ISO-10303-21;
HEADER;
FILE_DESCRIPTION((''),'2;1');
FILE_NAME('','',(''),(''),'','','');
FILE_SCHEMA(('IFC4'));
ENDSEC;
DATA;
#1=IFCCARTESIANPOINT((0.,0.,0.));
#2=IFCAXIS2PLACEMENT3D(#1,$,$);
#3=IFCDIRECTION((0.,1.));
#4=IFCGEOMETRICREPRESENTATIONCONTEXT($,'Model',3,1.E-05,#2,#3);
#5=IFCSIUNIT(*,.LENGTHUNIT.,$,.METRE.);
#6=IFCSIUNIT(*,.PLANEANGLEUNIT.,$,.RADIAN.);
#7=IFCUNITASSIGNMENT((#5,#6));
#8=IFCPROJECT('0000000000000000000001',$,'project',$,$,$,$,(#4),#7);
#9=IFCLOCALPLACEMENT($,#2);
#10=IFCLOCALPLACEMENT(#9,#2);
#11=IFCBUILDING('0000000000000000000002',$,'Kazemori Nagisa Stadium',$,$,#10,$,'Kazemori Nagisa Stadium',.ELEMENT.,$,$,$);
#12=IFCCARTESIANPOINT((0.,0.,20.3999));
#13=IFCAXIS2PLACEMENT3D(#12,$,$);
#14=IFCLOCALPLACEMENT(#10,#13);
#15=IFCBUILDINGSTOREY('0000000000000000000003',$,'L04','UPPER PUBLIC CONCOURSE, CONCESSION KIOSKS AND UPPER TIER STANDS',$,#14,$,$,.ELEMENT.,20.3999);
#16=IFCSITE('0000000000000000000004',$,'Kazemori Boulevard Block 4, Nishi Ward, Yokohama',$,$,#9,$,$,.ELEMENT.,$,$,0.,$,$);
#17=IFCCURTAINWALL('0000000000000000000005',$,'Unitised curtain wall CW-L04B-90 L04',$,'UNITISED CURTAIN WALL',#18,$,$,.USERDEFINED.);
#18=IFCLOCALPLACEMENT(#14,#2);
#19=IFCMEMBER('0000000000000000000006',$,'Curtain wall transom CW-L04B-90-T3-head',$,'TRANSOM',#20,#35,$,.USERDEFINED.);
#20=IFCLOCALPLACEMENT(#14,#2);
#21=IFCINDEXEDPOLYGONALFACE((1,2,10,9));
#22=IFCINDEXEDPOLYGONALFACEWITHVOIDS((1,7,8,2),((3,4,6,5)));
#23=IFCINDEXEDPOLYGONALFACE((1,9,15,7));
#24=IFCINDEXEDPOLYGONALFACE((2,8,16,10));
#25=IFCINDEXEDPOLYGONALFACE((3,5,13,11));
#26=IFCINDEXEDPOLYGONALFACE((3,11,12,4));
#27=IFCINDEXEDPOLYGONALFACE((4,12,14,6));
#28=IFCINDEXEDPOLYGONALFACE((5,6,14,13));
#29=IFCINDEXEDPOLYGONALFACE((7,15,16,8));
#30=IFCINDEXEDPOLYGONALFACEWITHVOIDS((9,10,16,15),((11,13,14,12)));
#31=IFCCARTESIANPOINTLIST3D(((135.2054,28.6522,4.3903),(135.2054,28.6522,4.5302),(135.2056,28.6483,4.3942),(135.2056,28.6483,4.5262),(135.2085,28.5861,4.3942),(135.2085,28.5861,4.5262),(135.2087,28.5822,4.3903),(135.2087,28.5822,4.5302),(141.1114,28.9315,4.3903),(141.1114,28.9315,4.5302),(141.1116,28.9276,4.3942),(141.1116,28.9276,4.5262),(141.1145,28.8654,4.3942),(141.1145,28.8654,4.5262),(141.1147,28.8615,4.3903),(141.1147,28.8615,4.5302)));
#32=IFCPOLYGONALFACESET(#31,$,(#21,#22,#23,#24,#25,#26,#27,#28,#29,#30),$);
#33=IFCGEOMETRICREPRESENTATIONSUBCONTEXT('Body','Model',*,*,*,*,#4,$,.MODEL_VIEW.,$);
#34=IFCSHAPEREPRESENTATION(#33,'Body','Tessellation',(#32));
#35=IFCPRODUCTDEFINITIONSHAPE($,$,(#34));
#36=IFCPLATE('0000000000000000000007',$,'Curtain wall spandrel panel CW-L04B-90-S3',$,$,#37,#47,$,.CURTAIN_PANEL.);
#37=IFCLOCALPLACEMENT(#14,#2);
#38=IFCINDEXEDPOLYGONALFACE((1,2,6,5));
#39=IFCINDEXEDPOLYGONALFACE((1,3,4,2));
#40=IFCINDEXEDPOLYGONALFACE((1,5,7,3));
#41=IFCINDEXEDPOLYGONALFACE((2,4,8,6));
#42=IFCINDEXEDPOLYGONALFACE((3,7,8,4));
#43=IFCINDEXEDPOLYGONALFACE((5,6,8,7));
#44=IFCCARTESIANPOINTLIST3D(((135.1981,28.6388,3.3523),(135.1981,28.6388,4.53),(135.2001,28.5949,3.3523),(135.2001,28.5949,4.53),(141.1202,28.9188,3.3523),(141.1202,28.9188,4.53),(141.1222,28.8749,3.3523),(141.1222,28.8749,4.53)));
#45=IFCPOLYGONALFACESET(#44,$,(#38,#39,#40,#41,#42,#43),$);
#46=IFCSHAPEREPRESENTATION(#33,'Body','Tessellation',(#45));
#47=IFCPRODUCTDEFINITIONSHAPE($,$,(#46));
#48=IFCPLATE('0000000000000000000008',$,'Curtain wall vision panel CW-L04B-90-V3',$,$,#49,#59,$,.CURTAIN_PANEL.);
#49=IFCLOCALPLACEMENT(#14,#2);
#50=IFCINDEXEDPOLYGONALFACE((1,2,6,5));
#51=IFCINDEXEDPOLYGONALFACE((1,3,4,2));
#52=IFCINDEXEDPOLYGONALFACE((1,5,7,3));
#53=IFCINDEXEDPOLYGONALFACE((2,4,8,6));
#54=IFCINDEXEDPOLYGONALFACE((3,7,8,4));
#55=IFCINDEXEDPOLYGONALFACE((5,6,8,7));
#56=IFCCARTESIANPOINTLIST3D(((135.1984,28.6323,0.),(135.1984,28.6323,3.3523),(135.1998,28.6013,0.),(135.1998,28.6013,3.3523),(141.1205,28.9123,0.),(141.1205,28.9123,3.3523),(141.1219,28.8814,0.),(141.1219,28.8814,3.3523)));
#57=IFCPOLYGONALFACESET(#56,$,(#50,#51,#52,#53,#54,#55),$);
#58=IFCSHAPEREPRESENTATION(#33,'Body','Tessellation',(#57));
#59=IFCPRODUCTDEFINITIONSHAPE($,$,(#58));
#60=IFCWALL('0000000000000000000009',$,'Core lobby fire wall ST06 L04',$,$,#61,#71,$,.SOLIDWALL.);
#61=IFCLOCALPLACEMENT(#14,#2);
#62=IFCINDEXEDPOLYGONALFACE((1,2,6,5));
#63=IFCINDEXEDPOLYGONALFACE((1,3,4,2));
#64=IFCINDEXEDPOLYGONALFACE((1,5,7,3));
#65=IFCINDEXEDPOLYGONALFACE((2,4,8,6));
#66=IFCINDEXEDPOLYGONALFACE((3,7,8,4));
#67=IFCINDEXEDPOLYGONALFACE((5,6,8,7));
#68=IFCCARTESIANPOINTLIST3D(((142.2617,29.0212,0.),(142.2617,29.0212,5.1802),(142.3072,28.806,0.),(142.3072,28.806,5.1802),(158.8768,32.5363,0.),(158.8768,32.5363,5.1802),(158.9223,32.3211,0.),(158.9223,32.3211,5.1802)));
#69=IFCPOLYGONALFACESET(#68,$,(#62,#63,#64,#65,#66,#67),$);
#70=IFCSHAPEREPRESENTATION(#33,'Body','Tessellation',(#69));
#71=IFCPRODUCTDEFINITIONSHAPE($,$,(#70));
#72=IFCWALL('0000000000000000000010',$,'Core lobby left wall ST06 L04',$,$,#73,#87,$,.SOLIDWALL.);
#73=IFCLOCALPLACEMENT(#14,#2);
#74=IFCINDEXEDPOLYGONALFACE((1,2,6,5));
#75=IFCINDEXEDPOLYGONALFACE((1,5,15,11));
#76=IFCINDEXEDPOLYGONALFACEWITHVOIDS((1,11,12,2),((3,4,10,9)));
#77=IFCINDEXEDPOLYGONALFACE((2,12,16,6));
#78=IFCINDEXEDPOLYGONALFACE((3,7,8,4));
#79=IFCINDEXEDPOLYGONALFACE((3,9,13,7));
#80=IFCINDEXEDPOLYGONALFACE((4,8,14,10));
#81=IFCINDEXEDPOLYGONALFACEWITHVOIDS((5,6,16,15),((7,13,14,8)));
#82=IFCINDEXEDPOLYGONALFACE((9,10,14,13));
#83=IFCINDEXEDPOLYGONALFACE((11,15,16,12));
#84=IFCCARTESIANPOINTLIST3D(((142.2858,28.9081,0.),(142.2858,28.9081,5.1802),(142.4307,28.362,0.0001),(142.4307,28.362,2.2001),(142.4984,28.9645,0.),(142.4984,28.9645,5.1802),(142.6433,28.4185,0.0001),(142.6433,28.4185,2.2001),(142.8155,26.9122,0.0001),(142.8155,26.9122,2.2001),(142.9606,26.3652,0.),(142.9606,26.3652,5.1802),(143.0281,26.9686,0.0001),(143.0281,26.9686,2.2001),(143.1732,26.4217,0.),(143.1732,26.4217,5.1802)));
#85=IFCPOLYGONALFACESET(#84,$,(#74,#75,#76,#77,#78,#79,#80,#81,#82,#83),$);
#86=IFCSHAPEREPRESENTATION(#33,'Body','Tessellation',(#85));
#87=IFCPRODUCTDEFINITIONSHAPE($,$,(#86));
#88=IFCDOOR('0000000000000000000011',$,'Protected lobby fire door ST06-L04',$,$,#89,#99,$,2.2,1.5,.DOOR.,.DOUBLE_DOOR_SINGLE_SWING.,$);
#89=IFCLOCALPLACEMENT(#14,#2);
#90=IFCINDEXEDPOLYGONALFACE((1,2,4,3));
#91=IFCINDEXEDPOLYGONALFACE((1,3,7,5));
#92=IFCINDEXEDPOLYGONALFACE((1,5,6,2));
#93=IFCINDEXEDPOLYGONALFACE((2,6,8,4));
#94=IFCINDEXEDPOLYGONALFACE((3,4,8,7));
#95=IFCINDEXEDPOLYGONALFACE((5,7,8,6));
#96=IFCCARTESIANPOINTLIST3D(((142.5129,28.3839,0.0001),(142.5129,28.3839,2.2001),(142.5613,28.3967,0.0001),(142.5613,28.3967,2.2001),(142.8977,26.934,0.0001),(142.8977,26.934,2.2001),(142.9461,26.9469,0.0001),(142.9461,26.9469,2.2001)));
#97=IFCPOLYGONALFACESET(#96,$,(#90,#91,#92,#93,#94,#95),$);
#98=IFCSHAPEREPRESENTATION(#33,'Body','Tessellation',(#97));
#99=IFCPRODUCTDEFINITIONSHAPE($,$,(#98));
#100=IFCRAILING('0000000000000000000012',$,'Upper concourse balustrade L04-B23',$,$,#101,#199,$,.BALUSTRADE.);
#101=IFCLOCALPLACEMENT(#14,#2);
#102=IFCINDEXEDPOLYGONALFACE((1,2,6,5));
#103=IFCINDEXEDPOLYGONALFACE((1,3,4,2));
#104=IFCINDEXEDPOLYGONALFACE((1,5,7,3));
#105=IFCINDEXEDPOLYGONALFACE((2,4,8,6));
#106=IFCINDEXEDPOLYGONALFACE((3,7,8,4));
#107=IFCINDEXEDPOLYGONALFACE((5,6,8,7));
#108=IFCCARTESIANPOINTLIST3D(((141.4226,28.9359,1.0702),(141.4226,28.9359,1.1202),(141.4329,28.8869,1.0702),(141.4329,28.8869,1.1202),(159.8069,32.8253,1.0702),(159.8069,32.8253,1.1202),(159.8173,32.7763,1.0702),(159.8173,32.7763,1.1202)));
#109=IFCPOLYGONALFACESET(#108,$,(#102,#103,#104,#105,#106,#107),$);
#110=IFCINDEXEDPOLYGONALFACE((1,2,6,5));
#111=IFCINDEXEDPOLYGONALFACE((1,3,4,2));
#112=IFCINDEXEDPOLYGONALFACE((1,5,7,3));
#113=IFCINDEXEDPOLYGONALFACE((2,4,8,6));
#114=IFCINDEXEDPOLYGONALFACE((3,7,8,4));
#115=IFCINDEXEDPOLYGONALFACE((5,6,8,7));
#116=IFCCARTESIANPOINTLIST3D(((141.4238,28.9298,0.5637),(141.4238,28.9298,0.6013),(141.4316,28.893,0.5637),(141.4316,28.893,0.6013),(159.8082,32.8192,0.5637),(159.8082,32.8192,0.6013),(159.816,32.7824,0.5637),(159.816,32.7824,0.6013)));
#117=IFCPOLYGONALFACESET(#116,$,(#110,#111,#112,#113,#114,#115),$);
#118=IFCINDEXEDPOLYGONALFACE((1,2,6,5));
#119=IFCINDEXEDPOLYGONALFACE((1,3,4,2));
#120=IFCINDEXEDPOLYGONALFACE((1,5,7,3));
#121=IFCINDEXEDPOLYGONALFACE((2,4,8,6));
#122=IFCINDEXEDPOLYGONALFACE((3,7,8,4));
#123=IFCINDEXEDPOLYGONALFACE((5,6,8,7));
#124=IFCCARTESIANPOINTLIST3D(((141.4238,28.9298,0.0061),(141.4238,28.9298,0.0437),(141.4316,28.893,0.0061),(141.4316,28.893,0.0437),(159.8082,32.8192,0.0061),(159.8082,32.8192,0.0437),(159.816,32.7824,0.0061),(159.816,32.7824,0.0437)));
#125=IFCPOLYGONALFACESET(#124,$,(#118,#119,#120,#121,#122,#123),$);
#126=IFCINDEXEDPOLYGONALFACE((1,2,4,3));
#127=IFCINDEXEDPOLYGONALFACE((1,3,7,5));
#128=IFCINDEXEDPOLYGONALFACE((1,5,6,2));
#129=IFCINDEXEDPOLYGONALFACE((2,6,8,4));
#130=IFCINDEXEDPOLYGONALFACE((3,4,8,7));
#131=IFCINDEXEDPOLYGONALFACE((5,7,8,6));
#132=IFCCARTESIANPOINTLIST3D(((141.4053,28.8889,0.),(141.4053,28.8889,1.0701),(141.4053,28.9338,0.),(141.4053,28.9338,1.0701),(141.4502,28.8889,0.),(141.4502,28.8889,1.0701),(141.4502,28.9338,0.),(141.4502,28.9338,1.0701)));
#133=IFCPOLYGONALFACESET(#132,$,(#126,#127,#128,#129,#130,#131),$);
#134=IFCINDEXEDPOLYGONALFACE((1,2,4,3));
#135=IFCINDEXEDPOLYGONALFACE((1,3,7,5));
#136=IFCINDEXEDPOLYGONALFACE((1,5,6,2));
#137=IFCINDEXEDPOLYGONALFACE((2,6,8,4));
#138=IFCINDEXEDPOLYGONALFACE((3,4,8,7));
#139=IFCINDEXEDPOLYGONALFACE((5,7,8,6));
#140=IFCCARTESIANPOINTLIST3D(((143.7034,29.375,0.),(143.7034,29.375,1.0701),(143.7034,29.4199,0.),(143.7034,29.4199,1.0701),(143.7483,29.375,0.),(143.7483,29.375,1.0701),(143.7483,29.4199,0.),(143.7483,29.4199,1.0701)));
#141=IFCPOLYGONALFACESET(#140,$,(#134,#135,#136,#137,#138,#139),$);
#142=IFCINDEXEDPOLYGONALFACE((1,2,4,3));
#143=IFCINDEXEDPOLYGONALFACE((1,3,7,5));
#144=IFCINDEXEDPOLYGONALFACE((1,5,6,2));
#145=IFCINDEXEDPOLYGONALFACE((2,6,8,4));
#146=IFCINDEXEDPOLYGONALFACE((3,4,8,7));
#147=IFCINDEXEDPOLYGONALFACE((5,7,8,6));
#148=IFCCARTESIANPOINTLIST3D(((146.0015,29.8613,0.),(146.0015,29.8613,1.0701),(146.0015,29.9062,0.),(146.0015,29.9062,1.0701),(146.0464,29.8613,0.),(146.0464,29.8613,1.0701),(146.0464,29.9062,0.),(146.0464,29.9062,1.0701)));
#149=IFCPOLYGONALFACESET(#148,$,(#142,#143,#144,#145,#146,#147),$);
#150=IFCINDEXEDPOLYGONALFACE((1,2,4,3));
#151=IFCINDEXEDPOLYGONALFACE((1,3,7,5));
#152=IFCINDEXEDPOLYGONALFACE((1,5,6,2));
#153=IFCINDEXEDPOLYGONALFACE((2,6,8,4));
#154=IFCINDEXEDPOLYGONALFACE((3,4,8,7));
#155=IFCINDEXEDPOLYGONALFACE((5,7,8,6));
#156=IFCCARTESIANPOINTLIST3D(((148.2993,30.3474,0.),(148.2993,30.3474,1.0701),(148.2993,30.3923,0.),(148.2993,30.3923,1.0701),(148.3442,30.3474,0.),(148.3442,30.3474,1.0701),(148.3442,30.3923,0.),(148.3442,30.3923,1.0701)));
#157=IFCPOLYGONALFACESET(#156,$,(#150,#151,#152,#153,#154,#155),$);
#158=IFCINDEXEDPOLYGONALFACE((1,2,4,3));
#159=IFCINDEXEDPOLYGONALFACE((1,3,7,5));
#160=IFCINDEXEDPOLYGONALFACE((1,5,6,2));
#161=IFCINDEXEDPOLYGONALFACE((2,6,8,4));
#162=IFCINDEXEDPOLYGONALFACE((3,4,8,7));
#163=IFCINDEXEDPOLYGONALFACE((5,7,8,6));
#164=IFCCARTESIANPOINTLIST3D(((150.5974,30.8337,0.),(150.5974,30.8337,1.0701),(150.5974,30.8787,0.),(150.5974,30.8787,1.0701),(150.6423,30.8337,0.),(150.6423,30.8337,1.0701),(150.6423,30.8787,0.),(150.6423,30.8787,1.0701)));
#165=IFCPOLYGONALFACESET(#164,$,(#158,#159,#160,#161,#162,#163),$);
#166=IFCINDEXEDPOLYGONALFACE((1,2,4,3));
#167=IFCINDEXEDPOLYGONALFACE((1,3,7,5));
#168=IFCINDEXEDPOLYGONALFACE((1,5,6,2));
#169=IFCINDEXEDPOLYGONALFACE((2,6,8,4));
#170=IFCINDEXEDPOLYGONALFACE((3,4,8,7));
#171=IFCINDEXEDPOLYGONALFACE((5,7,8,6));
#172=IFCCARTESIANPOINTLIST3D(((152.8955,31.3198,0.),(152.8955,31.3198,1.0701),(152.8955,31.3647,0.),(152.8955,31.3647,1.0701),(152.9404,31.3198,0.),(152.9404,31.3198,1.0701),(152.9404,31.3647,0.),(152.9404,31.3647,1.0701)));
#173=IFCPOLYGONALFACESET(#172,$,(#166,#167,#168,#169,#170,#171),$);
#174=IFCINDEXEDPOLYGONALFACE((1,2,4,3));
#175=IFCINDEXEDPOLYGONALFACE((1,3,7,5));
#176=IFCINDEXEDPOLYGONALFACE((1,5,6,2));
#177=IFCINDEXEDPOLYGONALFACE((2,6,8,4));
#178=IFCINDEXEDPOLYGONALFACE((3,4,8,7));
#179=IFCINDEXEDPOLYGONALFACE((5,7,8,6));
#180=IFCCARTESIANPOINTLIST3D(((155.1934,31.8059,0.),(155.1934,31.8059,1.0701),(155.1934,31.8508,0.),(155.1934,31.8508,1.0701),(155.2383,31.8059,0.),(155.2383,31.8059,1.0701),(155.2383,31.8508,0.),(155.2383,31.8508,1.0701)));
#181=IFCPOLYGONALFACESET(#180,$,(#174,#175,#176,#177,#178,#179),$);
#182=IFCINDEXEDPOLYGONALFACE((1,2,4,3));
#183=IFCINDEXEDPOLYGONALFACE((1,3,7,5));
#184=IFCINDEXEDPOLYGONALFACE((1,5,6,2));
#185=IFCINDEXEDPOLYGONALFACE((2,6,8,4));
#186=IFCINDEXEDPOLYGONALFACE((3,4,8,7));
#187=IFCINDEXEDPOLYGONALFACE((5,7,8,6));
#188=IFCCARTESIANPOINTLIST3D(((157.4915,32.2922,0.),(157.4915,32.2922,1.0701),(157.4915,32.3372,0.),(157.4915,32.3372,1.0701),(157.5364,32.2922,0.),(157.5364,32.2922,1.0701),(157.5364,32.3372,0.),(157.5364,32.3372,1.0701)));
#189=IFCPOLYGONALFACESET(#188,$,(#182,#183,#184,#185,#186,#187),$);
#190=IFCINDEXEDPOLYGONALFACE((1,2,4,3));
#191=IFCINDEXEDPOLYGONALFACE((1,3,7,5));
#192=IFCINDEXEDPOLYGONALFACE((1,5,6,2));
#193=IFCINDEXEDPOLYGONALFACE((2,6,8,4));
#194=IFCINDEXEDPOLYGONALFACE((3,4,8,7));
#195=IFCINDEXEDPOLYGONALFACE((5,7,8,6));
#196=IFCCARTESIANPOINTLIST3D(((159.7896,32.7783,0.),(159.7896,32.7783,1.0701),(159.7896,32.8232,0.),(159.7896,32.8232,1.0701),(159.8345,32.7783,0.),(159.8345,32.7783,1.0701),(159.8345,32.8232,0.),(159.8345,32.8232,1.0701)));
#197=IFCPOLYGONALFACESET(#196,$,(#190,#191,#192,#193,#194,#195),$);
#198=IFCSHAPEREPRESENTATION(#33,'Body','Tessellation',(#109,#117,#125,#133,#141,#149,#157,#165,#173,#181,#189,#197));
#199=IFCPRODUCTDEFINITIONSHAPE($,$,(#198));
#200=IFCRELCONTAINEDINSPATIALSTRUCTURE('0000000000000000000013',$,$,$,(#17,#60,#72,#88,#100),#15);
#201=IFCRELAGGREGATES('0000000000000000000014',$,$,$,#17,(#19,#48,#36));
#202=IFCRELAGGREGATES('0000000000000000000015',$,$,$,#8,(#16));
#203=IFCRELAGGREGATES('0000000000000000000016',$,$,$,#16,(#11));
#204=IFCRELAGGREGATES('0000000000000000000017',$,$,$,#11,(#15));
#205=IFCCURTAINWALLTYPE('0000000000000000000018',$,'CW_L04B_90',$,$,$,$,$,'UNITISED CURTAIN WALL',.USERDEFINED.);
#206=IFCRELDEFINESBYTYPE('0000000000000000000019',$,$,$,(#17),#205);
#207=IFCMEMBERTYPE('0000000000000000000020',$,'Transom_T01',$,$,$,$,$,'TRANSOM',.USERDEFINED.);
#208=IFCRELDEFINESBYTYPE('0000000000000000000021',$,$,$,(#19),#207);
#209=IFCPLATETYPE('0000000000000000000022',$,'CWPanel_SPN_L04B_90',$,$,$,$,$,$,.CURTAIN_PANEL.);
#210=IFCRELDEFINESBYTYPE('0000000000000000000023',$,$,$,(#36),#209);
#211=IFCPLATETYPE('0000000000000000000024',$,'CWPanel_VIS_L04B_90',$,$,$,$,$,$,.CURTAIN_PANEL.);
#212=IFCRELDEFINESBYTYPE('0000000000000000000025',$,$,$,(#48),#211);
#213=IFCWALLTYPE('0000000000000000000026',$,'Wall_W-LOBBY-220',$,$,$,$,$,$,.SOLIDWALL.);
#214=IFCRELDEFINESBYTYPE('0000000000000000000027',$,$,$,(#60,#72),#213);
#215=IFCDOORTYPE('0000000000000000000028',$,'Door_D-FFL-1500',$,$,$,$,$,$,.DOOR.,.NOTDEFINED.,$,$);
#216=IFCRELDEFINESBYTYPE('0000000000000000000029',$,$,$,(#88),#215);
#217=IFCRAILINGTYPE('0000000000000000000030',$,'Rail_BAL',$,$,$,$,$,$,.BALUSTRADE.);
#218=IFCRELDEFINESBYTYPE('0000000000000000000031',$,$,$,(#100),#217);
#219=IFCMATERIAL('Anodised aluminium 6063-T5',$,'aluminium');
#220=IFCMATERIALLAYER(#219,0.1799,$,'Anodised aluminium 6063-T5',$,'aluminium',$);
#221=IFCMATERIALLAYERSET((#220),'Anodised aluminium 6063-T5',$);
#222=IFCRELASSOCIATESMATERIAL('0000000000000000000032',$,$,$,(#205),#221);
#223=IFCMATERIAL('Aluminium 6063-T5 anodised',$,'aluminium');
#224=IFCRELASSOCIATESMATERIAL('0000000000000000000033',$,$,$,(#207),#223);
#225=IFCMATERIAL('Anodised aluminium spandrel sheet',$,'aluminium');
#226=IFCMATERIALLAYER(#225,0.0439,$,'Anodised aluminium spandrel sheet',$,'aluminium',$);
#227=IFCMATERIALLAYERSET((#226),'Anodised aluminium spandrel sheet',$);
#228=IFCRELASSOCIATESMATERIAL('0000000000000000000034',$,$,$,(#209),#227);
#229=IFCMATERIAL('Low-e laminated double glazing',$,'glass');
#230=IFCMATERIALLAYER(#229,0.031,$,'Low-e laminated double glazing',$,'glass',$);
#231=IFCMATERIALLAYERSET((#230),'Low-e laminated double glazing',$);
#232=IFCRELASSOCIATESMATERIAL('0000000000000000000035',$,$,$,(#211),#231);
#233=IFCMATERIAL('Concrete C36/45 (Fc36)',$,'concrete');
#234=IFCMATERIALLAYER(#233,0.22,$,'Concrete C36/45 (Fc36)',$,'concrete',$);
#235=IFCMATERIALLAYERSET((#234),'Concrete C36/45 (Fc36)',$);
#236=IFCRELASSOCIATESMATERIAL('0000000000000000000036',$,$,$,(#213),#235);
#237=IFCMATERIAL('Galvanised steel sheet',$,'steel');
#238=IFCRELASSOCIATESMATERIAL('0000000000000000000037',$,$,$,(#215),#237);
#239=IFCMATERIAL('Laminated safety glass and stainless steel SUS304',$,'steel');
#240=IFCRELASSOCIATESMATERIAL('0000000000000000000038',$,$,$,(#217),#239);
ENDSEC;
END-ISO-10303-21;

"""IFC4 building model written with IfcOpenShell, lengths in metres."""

from ifc_helpers import new_model, si_unit, direction, frame, frame_2d, origin, origin_2d, place, context, subcontext, project, spatial, rectangle, hollow_rectangle, extrude, material, layer, layer_set, material_profile, profile_set, type_object, element, fill, aggregate, save


model = new_model("IFC4")

# Units and contexts
model_context = context("Model", 3, precision=1e-05, world=origin(), true_north=direction((0.0, 1.0)))
body_context = subcontext(model_context, "Body", "Model", "MODEL_VIEW")
ifc_project = project(units=[si_unit("LENGTHUNIT", "METRE"), si_unit("PLANEANGLEUNIT", "RADIAN")], contexts=[model_context])

# Site, building, storey
site_placement = place(None, origin())
site = spatial("IfcSite", under=ifc_project, at=site_placement, Name="Kazemori Boulevard Block 4, Nishi Ward, Yokohama", CompositionType="ELEMENT", RefElevation=0.0)
building_placement = place(site_placement, origin())
building = spatial("IfcBuilding", under=site, at=building_placement, Name="Kazemori Nagisa Stadium", LongName="Kazemori Nagisa Stadium", CompositionType="ELEMENT")
storey_placement = place(building_placement, frame((0.0, 0.0, 20.3999)))
storey = spatial("IfcBuildingStorey", under=building, at=storey_placement, Name="L04", Description="UPPER PUBLIC CONCOURSE, CONCESSION KIOSKS AND UPPER TIER STANDS", CompositionType="ELEMENT", Elevation=20.3999)

# Curtain wall, member, plates
ifc_material_1 = material(Name="Anodised aluminium 6063-T5", Category="aluminium")
ifc_layer_1 = layer(ifc_material_1, 0.1799, Name="Anodised aluminium 6063-T5", Category="aluminium")
ifc_layer_set_1 = layer_set([ifc_layer_1], Name="Anodised aluminium 6063-T5")
curtain_wall_type = type_object("IfcCurtainWallType", Name="CW_L04B_90", ElementType="UNITISED CURTAIN WALL", PredefinedType="USERDEFINED", material=ifc_layer_set_1)
curtain_wall_placement = place(storey_placement, origin())
curtain_wall = element("IfcCurtainWall", 1, at=curtain_wall_placement, inside=storey, type_object=curtain_wall_type, Name="Unitised curtain wall CW-L04B-90 L04", ObjectType="UNITISED CURTAIN WALL", PredefinedType="USERDEFINED")
ifc_material_2 = material(Name="Aluminium 6063-T5 anodised", Category="aluminium")
ifc_material_profile_1 = material_profile(ifc_material_2, hollow_rectangle(XDim=0.0701, YDim=0.1399, WallThickness=0.0039, at=origin_2d()), Name="ALU-TRAN-70x140x4")
ifc_profile_set_1 = profile_set([ifc_material_profile_1], Name="Aluminium 6063-T5 anodised")
member_type_1 = type_object("IfcMemberType", Name="Transom_T01", ElementType="TRANSOM", PredefinedType="USERDEFINED", material=ifc_profile_set_1)
member_1_placement = place(storey_placement, frame((135.207, 28.6172, 4.4602), z_axis=(0.998884, 0.047238, 0.0), x_axis=(-0.047238, 0.998884, 0.0)))
member_1 = element("IfcMember", 2, at=member_1_placement, type_object=member_type_1, Name="Curtain wall transom CW-L04B-90-T3-head", ObjectType="TRANSOM", PredefinedType="USERDEFINED", context=body_context, shape_type="SweptSolid", body=[
    extrude(hollow_rectangle(XDim=0.0701, YDim=0.1399, WallThickness=0.0039, at=origin_2d()), origin(), (0.0, 0.0, 1.0), 5.9126),
])
ifc_material_3 = material(Name="Anodised aluminium spandrel sheet", Category="aluminium")
ifc_layer_2 = layer(ifc_material_3, 0.0439, Name="Anodised aluminium spandrel sheet", Category="aluminium")
ifc_layer_set_2 = layer_set([ifc_layer_2], Name="Anodised aluminium spandrel sheet")
plate_type_1 = type_object("IfcPlateType", Name="CWPanel_SPN_L04B_90", PredefinedType="CURTAIN_PANEL", material=ifc_layer_set_2)
plate_1_placement = place(storey_placement, frame((138.1602, 28.7568, 3.3523), z_axis=(0.0, 0.0, 1.0), x_axis=(0.998884, 0.04723, 0.0)))
plate_1 = element("IfcPlate", 3, at=plate_1_placement, type_object=plate_type_1, Name="Curtain wall spandrel panel CW-L04B-90-S3", PredefinedType="CURTAIN_PANEL", context=body_context, shape_type="SweptSolid", body=[
    extrude(rectangle(XDim=5.9287, YDim=0.0439, at=origin_2d()), origin(), (0.0, 0.0, 1.0), 1.1777),
])
ifc_material_4 = material(Name="Low-e laminated double glazing", Category="glass")
ifc_layer_3 = layer(ifc_material_4, 0.031, Name="Low-e laminated double glazing", Category="glass")
ifc_layer_set_3 = layer_set([ifc_layer_3], Name="Low-e laminated double glazing")
plate_type_2 = type_object("IfcPlateType", Name="CWPanel_VIS_L04B_90", PredefinedType="CURTAIN_PANEL", material=ifc_layer_set_3)
plate_2_placement = place(storey_placement, frame((138.1602, 28.7568, 0.0), z_axis=(0.0, 0.0, 1.0), x_axis=(0.998884, 0.04723, 0.0)))
plate_2 = element("IfcPlate", 4, at=plate_2_placement, type_object=plate_type_2, Name="Curtain wall vision panel CW-L04B-90-V3", PredefinedType="CURTAIN_PANEL", context=body_context, shape_type="SweptSolid", body=[
    extrude(rectangle(XDim=5.9287, YDim=0.031, at=origin_2d()), origin(), (0.0, 0.0, 1.0), 3.3523),
])
aggregate(curtain_wall, [member_1, plate_2, plate_1])

# Wall
ifc_material_5 = material(Name="Concrete C36/45 (Fc36)", Category="concrete")
ifc_layer_4 = layer(ifc_material_5, 0.22, Name="Concrete C36/45 (Fc36)", Category="concrete")
ifc_layer_set_4 = layer_set([ifc_layer_4], Name="Concrete C36/45 (Fc36)")
wall_type = type_object("IfcWallType", Name="Wall_W-LOBBY-220", PredefinedType="SOLIDWALL", material=ifc_layer_set_4)
wall_1_placement = place(storey_placement, frame((142.2844, 28.9136, 0.0), z_axis=(0.0, 0.0, 1.0), x_axis=(0.978345, 0.20698, 0.0)))
element("IfcWall", 5, at=wall_1_placement, inside=storey, type_object=wall_type, Name="Core lobby fire wall ST06 L04", PredefinedType="SOLIDWALL", context=body_context, shape_type="SweptSolid", body=[
    extrude(rectangle(XDim=16.9829, YDim=0.22, at=frame_2d((8.4915, 0.0))), origin(), (0.0, 0.0, 1.0), 5.1802),
])

# Wall, opening, door
wall_2_placement = place(storey_placement, frame((142.3921, 28.9363, 0.0), z_axis=(0.0, 0.0, 1.0), x_axis=(0.256507, -0.966542, 0.0)))
wall_2 = element("IfcWall", 6, at=wall_2_placement, inside=storey, type_object=wall_type, Name="Core lobby left wall ST06 L04", PredefinedType="SOLIDWALL", context=body_context, shape_type="SweptSolid", body=[
    extrude(rectangle(XDim=2.6309, YDim=0.22, at=frame_2d((1.3154, 0.0))), origin(), (0.0, 0.0, 1.0), 5.1802),
])
opening_placement = place(wall_2_placement, frame((0.5649, 0.0, 0.0)))
opening = element("IfcOpeningElement", 7, at=opening_placement, cuts=wall_2, PredefinedType="OPENING", context=body_context, shape_type="SweptSolid", body=[
    extrude(rectangle(XDim=1.5, YDim=2.2, at=frame_2d((0.75, 1.1001))), frame((0.0, 0.1199, 0.0), z_axis=(0.0, -1.0, 0.0), x_axis=(1.0, 0.0, 0.0)), (0.0, 0.0, 1.0), 0.24),
])
ifc_material_6 = material(Name="Galvanised steel sheet", Category="steel")
door_type = type_object("IfcDoorType", Name="Door_D-FFL-1500", OperationType="NOTDEFINED", PredefinedType="DOOR", material=ifc_material_6)
door_placement = place(opening_placement, frame((1.5, 0.0, 0.0), z_axis=(0.0, 0.0, 1.0), x_axis=(-1.0, 0.0, 0.0)))
door = element("IfcDoor", 8, at=door_placement, inside=storey, type_object=door_type, Name="Protected lobby fire door ST06-L04", OperationType="DOUBLE_DOOR_SINGLE_SWING", OverallHeight=2.2, OverallWidth=1.5, PredefinedType="DOOR", context=body_context, shape_type="SweptSolid", body=[
    extrude(rectangle(XDim=1.5, YDim=2.2, at=frame_2d((0.75, 1.1001))), frame((0.0, 0.0249, 0.0), z_axis=(0.0, -1.0, 0.0), x_axis=(1.0, 0.0, 0.0)), (0.0, 0.0, 1.0), 0.05),
])
fill(opening, door)

# Railing
ifc_material_7 = material(Name="Laminated safety glass and stainless steel SUS304", Category="steel")
railing_type_1 = type_object("IfcRailingType", Name="Rail_BAL", PredefinedType="BALUSTRADE", material=ifc_material_7)
railing_1_placement = place(storey_placement, frame((141.4277, 28.9114, 0.0)))
element("IfcRailing", 9, at=railing_1_placement, inside=storey, type_object=railing_type_1, Name="Upper concourse balustrade L04-B23", PredefinedType="BALUSTRADE", context=body_context, shape_type="SweptSolid", body=[
    extrude(rectangle(XDim=0.05, YDim=0.05, at=origin_2d()), frame((0.0, 0.0, 1.0952), z_axis=(0.978345, 0.20698, 0.0), x_axis=(-0.20698, 0.978345, 0.0)), (0.0, 0.0, 1.0), 18.7913),
    extrude(rectangle(XDim=0.0376, YDim=0.0376, at=origin_2d()), frame((0.0, 0.0, 0.5825), z_axis=(0.978345, 0.20698, 0.0), x_axis=(-0.20698, 0.978345, 0.0)), (0.0, 0.0, 1.0), 18.7913),
    extrude(rectangle(XDim=0.0376, YDim=0.0376, at=origin_2d()), frame((0.0, 0.0, 0.0249), z_axis=(0.978345, 0.20698, 0.0), x_axis=(-0.20698, 0.978345, 0.0)), (0.0, 0.0, 1.0), 18.7913),
    extrude(rectangle(XDim=0.0449, YDim=0.0449, at=origin_2d()), origin(), (0.0, 0.0, 1.0), 1.0701),
    extrude(rectangle(XDim=0.0449, YDim=0.0449, at=origin_2d()), frame((2.2981, 0.4861, 0.0)), (0.0, 0.0, 1.0), 1.0701),
    extrude(rectangle(XDim=0.0449, YDim=0.0449, at=origin_2d()), frame((4.5962, 0.9724, 0.0)), (0.0, 0.0, 1.0), 1.0701),
    extrude(rectangle(XDim=0.0449, YDim=0.0449, at=origin_2d()), frame((6.894, 1.4585, 0.0)), (0.0, 0.0, 1.0), 1.0701),
    extrude(rectangle(XDim=0.0449, YDim=0.0449, at=origin_2d()), frame((9.1921, 1.9448, 0.0)), (0.0, 0.0, 1.0), 1.0701),
    extrude(rectangle(XDim=0.0449, YDim=0.0449, at=origin_2d()), frame((11.4902, 2.4309, 0.0)), (0.0, 0.0, 1.0), 1.0701),
    extrude(rectangle(XDim=0.0449, YDim=0.0449, at=origin_2d()), frame((13.7881, 2.917, 0.0)), (0.0, 0.0, 1.0), 1.0701),
    extrude(rectangle(XDim=0.0449, YDim=0.0449, at=origin_2d()), frame((16.0862, 3.4033, 0.0)), (0.0, 0.0, 1.0), 1.0701),
    extrude(rectangle(XDim=0.0449, YDim=0.0449, at=origin_2d()), frame((18.3843, 3.8894, 0.0)), (0.0, 0.0, 1.0), 1.0701),
])

save(model, "model.ifc")
